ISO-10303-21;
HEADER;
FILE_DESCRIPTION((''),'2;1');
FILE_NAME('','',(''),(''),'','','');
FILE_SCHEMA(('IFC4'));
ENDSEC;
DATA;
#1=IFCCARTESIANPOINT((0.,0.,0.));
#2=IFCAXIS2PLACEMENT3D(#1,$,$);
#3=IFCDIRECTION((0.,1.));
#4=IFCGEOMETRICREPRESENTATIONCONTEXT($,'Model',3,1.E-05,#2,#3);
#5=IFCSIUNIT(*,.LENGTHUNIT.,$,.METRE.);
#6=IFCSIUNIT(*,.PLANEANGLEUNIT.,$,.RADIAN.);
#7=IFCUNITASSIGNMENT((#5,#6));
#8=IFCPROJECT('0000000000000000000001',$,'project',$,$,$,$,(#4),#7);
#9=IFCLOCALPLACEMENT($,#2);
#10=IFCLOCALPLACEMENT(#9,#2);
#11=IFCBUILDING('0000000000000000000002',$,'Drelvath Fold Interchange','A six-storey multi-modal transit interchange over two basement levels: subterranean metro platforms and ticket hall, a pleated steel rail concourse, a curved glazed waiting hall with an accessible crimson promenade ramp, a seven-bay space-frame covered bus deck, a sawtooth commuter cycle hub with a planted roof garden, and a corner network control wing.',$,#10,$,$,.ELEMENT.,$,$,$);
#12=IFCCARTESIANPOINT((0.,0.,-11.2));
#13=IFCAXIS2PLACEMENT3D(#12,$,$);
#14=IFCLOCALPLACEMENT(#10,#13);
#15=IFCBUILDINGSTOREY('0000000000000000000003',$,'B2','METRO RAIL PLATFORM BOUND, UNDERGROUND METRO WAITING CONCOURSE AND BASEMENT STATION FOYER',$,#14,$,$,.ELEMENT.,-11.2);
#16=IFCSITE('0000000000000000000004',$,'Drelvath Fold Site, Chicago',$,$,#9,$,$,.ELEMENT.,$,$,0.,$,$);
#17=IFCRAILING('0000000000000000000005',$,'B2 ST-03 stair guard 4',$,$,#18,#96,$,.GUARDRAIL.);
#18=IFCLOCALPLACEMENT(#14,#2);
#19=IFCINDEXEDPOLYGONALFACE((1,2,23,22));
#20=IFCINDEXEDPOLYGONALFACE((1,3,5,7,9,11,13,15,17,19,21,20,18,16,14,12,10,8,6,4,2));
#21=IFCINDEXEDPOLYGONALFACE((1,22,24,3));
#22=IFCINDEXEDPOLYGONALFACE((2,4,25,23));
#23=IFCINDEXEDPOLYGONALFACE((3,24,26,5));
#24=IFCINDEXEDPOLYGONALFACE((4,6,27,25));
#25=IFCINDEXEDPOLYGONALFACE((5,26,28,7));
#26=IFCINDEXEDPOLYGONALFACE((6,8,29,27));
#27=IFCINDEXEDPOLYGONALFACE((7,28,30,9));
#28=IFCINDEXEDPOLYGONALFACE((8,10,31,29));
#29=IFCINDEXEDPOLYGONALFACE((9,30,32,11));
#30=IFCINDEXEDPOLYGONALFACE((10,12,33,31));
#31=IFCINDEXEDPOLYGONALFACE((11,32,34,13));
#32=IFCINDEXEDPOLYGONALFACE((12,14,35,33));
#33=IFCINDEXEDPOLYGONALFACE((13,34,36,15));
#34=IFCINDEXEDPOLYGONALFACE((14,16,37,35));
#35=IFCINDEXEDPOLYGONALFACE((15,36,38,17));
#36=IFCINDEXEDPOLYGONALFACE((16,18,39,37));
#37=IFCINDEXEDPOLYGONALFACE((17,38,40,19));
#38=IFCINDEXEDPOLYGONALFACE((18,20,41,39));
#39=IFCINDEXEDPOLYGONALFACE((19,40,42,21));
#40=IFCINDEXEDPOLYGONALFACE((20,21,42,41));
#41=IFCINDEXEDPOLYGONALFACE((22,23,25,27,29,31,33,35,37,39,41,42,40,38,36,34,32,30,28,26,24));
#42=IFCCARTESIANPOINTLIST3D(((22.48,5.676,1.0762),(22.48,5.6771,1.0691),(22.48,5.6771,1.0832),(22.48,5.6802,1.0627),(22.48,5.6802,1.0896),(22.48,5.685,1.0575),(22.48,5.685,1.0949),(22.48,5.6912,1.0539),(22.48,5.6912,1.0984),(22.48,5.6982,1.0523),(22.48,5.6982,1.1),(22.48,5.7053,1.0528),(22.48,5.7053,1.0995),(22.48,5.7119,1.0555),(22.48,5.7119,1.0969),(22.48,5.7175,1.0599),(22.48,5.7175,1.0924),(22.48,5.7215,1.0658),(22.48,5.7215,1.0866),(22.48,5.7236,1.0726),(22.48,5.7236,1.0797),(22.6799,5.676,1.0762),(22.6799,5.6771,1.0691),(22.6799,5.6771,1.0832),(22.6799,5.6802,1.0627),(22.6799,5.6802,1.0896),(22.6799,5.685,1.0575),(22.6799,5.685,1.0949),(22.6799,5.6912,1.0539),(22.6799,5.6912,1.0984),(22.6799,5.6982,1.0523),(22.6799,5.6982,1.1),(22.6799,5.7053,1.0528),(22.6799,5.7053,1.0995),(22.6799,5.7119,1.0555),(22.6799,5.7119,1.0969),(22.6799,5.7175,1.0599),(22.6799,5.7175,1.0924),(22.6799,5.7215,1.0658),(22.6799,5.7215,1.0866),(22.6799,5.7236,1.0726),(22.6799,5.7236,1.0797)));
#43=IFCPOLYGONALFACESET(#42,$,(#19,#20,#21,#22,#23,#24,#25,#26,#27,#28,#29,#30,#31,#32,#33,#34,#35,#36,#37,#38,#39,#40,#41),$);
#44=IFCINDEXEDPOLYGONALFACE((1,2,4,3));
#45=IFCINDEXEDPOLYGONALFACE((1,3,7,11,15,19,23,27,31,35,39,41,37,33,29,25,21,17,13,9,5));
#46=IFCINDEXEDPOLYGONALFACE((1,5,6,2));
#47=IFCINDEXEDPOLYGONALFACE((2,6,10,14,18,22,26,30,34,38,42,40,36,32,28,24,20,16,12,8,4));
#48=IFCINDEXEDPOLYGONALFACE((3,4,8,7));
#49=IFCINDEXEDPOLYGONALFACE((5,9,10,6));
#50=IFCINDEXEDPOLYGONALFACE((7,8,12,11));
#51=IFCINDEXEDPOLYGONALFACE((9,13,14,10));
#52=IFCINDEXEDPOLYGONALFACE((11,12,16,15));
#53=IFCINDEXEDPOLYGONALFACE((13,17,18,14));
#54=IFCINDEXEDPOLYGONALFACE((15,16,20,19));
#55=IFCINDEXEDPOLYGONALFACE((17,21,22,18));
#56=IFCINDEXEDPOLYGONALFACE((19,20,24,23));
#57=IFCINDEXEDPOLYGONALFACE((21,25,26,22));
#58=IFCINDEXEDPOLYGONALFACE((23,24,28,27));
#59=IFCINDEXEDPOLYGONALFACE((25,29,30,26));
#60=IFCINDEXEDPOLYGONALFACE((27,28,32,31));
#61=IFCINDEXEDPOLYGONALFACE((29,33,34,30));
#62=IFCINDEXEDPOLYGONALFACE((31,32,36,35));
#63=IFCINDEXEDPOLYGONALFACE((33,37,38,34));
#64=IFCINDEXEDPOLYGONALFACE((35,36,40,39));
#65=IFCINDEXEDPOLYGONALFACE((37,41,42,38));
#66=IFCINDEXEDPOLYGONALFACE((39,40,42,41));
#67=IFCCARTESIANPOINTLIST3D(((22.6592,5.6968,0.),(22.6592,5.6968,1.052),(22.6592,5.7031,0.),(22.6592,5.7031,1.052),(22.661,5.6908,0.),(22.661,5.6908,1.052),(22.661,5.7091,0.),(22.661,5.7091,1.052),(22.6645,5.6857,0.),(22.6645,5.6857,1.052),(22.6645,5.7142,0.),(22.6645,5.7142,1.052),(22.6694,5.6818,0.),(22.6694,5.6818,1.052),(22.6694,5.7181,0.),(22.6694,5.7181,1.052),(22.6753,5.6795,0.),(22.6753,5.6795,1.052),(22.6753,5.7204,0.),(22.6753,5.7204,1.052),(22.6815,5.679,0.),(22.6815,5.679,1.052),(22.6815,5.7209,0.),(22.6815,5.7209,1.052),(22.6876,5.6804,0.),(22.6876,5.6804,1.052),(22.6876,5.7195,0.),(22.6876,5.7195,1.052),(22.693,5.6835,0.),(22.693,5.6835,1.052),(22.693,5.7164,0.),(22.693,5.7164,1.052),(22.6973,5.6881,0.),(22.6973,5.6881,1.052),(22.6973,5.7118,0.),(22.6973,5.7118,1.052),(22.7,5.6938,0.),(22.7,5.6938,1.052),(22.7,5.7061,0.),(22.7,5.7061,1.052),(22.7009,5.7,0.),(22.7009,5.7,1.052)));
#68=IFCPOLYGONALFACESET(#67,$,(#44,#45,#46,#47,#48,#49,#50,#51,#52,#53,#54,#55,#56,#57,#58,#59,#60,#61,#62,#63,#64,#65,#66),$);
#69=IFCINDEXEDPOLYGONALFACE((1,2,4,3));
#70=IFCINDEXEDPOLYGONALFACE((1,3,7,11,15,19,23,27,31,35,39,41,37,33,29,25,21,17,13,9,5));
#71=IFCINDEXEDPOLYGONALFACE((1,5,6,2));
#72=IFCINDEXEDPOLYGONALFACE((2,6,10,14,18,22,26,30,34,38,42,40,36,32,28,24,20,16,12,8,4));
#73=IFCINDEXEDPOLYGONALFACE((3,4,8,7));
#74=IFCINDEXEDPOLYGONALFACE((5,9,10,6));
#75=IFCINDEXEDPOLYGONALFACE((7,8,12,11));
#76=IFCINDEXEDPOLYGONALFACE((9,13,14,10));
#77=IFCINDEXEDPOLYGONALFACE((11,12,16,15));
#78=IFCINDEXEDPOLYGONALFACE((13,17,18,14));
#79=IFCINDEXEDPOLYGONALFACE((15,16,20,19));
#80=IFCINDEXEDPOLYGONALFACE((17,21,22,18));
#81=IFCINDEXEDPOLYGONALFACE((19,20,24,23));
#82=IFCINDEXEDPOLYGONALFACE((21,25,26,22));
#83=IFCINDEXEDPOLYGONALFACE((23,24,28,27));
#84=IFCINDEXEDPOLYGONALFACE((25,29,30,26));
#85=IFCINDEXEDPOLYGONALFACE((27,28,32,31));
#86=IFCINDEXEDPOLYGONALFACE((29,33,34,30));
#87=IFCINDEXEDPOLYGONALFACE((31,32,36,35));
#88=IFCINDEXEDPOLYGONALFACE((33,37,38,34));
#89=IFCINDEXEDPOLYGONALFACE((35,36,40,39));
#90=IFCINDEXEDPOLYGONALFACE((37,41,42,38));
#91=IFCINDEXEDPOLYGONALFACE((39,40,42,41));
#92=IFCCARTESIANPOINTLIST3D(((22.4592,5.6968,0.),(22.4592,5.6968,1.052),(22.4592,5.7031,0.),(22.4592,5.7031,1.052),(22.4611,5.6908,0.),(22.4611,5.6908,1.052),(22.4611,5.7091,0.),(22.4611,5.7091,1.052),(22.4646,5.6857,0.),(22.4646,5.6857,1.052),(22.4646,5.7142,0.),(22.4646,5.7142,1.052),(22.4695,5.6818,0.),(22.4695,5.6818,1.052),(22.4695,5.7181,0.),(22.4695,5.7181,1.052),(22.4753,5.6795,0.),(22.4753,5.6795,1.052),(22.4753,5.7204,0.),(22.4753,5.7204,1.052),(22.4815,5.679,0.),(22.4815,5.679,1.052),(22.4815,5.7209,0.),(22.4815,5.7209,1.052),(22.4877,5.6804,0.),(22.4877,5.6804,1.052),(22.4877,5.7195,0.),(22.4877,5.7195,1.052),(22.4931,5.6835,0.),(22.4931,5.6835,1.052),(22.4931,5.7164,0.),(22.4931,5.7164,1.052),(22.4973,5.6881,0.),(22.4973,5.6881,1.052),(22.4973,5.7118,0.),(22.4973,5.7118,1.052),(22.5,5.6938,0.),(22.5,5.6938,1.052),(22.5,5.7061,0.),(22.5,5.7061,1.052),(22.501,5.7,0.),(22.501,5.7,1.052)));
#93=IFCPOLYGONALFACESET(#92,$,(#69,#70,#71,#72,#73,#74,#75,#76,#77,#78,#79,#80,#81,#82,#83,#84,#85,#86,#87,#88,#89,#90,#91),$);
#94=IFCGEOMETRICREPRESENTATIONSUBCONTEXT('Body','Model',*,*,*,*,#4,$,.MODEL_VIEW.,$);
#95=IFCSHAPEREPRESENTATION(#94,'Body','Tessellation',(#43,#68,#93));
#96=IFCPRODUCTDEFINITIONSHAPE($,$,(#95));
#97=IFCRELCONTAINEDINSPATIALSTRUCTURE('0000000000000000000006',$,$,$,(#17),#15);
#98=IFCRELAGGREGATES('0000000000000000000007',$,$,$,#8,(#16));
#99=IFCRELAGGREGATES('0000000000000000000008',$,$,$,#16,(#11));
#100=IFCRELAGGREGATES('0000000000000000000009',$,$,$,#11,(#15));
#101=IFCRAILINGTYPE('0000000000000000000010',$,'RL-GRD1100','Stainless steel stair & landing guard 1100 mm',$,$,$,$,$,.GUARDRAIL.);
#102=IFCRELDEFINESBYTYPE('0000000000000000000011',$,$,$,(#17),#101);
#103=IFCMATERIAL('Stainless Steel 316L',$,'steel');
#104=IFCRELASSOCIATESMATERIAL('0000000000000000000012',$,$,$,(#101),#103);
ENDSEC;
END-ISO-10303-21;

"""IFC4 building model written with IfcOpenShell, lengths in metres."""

from ifc_helpers import new_model, si_unit, direction, frame, origin, origin_2d, place, context, subcontext, project, spatial, circle, extrude, material, type_object, element, save


model = new_model("IFC4")

# Units and contexts
model_context = context("Model", 3, precision=1e-05, world=origin(), true_north=direction((0.0, 1.0)))
body_context = subcontext(model_context, "Body", "Model", "MODEL_VIEW")
ifc_project = project(units=[si_unit("LENGTHUNIT", "METRE"), si_unit("PLANEANGLEUNIT", "RADIAN")], contexts=[model_context])

# Site, building, storey
site_placement = place(None, origin())
site = spatial("IfcSite", under=ifc_project, at=site_placement, Name="Drelvath Fold Site, Chicago", CompositionType="ELEMENT", RefElevation=0.0)
building_placement = place(site_placement, origin())
building = spatial("IfcBuilding", under=site, at=building_placement, Name="Drelvath Fold Interchange", Description="A six-storey multi-modal transit interchange over two basement levels: subterranean metro platforms and ticket hall, a pleated steel rail concourse, a curved glazed waiting hall with an accessible crimson promenade ramp, a seven-bay space-frame covered bus deck, a sawtooth commuter cycle hub with a planted roof garden, and a corner network control wing.", CompositionType="ELEMENT")
storey_placement = place(building_placement, frame((0.0, 0.0, -11.2)))
storey = spatial("IfcBuildingStorey", under=building, at=storey_placement, Name="B2", Description="METRO RAIL PLATFORM BOUND, UNDERGROUND METRO WAITING CONCOURSE AND BASEMENT STATION FOYER", CompositionType="ELEMENT", Elevation=-11.2)

# Railing
ifc_material_1 = material(Name="Stainless Steel 316L", Category="steel")
railing_type_1 = type_object("IfcRailingType", Name="RL-GRD1100", Description="Stainless steel stair & landing guard 1100 mm", PredefinedType="GUARDRAIL", material=ifc_material_1)
railing_1_placement = place(storey_placement, frame((22.6799, 5.7, 0.0)))
element("IfcRailing", 1, at=railing_1_placement, inside=storey, type_object=railing_type_1, Name="B2 ST-03 stair guard 4", PredefinedType="GUARDRAIL", context=body_context, shape_type="SweptSolid", body=[
    extrude(circle(Radius=0.0239, at=origin_2d()), frame((0.0, 0.0, 1.0762), z_axis=(-1.0, 0.0, 0.0), x_axis=(0.0, -1.0, 0.0)), (0.0, 0.0, 1.0), 0.2),
    extrude(circle(Radius=0.021, at=origin_2d()), origin(), (0.0, 0.0, 1.0), 1.052),
    extrude(circle(Radius=0.021, at=origin_2d()), frame((-0.2, 0.0, 0.0)), (0.0, 0.0, 1.0), 1.052),
])

save(model, "model.ifc")
